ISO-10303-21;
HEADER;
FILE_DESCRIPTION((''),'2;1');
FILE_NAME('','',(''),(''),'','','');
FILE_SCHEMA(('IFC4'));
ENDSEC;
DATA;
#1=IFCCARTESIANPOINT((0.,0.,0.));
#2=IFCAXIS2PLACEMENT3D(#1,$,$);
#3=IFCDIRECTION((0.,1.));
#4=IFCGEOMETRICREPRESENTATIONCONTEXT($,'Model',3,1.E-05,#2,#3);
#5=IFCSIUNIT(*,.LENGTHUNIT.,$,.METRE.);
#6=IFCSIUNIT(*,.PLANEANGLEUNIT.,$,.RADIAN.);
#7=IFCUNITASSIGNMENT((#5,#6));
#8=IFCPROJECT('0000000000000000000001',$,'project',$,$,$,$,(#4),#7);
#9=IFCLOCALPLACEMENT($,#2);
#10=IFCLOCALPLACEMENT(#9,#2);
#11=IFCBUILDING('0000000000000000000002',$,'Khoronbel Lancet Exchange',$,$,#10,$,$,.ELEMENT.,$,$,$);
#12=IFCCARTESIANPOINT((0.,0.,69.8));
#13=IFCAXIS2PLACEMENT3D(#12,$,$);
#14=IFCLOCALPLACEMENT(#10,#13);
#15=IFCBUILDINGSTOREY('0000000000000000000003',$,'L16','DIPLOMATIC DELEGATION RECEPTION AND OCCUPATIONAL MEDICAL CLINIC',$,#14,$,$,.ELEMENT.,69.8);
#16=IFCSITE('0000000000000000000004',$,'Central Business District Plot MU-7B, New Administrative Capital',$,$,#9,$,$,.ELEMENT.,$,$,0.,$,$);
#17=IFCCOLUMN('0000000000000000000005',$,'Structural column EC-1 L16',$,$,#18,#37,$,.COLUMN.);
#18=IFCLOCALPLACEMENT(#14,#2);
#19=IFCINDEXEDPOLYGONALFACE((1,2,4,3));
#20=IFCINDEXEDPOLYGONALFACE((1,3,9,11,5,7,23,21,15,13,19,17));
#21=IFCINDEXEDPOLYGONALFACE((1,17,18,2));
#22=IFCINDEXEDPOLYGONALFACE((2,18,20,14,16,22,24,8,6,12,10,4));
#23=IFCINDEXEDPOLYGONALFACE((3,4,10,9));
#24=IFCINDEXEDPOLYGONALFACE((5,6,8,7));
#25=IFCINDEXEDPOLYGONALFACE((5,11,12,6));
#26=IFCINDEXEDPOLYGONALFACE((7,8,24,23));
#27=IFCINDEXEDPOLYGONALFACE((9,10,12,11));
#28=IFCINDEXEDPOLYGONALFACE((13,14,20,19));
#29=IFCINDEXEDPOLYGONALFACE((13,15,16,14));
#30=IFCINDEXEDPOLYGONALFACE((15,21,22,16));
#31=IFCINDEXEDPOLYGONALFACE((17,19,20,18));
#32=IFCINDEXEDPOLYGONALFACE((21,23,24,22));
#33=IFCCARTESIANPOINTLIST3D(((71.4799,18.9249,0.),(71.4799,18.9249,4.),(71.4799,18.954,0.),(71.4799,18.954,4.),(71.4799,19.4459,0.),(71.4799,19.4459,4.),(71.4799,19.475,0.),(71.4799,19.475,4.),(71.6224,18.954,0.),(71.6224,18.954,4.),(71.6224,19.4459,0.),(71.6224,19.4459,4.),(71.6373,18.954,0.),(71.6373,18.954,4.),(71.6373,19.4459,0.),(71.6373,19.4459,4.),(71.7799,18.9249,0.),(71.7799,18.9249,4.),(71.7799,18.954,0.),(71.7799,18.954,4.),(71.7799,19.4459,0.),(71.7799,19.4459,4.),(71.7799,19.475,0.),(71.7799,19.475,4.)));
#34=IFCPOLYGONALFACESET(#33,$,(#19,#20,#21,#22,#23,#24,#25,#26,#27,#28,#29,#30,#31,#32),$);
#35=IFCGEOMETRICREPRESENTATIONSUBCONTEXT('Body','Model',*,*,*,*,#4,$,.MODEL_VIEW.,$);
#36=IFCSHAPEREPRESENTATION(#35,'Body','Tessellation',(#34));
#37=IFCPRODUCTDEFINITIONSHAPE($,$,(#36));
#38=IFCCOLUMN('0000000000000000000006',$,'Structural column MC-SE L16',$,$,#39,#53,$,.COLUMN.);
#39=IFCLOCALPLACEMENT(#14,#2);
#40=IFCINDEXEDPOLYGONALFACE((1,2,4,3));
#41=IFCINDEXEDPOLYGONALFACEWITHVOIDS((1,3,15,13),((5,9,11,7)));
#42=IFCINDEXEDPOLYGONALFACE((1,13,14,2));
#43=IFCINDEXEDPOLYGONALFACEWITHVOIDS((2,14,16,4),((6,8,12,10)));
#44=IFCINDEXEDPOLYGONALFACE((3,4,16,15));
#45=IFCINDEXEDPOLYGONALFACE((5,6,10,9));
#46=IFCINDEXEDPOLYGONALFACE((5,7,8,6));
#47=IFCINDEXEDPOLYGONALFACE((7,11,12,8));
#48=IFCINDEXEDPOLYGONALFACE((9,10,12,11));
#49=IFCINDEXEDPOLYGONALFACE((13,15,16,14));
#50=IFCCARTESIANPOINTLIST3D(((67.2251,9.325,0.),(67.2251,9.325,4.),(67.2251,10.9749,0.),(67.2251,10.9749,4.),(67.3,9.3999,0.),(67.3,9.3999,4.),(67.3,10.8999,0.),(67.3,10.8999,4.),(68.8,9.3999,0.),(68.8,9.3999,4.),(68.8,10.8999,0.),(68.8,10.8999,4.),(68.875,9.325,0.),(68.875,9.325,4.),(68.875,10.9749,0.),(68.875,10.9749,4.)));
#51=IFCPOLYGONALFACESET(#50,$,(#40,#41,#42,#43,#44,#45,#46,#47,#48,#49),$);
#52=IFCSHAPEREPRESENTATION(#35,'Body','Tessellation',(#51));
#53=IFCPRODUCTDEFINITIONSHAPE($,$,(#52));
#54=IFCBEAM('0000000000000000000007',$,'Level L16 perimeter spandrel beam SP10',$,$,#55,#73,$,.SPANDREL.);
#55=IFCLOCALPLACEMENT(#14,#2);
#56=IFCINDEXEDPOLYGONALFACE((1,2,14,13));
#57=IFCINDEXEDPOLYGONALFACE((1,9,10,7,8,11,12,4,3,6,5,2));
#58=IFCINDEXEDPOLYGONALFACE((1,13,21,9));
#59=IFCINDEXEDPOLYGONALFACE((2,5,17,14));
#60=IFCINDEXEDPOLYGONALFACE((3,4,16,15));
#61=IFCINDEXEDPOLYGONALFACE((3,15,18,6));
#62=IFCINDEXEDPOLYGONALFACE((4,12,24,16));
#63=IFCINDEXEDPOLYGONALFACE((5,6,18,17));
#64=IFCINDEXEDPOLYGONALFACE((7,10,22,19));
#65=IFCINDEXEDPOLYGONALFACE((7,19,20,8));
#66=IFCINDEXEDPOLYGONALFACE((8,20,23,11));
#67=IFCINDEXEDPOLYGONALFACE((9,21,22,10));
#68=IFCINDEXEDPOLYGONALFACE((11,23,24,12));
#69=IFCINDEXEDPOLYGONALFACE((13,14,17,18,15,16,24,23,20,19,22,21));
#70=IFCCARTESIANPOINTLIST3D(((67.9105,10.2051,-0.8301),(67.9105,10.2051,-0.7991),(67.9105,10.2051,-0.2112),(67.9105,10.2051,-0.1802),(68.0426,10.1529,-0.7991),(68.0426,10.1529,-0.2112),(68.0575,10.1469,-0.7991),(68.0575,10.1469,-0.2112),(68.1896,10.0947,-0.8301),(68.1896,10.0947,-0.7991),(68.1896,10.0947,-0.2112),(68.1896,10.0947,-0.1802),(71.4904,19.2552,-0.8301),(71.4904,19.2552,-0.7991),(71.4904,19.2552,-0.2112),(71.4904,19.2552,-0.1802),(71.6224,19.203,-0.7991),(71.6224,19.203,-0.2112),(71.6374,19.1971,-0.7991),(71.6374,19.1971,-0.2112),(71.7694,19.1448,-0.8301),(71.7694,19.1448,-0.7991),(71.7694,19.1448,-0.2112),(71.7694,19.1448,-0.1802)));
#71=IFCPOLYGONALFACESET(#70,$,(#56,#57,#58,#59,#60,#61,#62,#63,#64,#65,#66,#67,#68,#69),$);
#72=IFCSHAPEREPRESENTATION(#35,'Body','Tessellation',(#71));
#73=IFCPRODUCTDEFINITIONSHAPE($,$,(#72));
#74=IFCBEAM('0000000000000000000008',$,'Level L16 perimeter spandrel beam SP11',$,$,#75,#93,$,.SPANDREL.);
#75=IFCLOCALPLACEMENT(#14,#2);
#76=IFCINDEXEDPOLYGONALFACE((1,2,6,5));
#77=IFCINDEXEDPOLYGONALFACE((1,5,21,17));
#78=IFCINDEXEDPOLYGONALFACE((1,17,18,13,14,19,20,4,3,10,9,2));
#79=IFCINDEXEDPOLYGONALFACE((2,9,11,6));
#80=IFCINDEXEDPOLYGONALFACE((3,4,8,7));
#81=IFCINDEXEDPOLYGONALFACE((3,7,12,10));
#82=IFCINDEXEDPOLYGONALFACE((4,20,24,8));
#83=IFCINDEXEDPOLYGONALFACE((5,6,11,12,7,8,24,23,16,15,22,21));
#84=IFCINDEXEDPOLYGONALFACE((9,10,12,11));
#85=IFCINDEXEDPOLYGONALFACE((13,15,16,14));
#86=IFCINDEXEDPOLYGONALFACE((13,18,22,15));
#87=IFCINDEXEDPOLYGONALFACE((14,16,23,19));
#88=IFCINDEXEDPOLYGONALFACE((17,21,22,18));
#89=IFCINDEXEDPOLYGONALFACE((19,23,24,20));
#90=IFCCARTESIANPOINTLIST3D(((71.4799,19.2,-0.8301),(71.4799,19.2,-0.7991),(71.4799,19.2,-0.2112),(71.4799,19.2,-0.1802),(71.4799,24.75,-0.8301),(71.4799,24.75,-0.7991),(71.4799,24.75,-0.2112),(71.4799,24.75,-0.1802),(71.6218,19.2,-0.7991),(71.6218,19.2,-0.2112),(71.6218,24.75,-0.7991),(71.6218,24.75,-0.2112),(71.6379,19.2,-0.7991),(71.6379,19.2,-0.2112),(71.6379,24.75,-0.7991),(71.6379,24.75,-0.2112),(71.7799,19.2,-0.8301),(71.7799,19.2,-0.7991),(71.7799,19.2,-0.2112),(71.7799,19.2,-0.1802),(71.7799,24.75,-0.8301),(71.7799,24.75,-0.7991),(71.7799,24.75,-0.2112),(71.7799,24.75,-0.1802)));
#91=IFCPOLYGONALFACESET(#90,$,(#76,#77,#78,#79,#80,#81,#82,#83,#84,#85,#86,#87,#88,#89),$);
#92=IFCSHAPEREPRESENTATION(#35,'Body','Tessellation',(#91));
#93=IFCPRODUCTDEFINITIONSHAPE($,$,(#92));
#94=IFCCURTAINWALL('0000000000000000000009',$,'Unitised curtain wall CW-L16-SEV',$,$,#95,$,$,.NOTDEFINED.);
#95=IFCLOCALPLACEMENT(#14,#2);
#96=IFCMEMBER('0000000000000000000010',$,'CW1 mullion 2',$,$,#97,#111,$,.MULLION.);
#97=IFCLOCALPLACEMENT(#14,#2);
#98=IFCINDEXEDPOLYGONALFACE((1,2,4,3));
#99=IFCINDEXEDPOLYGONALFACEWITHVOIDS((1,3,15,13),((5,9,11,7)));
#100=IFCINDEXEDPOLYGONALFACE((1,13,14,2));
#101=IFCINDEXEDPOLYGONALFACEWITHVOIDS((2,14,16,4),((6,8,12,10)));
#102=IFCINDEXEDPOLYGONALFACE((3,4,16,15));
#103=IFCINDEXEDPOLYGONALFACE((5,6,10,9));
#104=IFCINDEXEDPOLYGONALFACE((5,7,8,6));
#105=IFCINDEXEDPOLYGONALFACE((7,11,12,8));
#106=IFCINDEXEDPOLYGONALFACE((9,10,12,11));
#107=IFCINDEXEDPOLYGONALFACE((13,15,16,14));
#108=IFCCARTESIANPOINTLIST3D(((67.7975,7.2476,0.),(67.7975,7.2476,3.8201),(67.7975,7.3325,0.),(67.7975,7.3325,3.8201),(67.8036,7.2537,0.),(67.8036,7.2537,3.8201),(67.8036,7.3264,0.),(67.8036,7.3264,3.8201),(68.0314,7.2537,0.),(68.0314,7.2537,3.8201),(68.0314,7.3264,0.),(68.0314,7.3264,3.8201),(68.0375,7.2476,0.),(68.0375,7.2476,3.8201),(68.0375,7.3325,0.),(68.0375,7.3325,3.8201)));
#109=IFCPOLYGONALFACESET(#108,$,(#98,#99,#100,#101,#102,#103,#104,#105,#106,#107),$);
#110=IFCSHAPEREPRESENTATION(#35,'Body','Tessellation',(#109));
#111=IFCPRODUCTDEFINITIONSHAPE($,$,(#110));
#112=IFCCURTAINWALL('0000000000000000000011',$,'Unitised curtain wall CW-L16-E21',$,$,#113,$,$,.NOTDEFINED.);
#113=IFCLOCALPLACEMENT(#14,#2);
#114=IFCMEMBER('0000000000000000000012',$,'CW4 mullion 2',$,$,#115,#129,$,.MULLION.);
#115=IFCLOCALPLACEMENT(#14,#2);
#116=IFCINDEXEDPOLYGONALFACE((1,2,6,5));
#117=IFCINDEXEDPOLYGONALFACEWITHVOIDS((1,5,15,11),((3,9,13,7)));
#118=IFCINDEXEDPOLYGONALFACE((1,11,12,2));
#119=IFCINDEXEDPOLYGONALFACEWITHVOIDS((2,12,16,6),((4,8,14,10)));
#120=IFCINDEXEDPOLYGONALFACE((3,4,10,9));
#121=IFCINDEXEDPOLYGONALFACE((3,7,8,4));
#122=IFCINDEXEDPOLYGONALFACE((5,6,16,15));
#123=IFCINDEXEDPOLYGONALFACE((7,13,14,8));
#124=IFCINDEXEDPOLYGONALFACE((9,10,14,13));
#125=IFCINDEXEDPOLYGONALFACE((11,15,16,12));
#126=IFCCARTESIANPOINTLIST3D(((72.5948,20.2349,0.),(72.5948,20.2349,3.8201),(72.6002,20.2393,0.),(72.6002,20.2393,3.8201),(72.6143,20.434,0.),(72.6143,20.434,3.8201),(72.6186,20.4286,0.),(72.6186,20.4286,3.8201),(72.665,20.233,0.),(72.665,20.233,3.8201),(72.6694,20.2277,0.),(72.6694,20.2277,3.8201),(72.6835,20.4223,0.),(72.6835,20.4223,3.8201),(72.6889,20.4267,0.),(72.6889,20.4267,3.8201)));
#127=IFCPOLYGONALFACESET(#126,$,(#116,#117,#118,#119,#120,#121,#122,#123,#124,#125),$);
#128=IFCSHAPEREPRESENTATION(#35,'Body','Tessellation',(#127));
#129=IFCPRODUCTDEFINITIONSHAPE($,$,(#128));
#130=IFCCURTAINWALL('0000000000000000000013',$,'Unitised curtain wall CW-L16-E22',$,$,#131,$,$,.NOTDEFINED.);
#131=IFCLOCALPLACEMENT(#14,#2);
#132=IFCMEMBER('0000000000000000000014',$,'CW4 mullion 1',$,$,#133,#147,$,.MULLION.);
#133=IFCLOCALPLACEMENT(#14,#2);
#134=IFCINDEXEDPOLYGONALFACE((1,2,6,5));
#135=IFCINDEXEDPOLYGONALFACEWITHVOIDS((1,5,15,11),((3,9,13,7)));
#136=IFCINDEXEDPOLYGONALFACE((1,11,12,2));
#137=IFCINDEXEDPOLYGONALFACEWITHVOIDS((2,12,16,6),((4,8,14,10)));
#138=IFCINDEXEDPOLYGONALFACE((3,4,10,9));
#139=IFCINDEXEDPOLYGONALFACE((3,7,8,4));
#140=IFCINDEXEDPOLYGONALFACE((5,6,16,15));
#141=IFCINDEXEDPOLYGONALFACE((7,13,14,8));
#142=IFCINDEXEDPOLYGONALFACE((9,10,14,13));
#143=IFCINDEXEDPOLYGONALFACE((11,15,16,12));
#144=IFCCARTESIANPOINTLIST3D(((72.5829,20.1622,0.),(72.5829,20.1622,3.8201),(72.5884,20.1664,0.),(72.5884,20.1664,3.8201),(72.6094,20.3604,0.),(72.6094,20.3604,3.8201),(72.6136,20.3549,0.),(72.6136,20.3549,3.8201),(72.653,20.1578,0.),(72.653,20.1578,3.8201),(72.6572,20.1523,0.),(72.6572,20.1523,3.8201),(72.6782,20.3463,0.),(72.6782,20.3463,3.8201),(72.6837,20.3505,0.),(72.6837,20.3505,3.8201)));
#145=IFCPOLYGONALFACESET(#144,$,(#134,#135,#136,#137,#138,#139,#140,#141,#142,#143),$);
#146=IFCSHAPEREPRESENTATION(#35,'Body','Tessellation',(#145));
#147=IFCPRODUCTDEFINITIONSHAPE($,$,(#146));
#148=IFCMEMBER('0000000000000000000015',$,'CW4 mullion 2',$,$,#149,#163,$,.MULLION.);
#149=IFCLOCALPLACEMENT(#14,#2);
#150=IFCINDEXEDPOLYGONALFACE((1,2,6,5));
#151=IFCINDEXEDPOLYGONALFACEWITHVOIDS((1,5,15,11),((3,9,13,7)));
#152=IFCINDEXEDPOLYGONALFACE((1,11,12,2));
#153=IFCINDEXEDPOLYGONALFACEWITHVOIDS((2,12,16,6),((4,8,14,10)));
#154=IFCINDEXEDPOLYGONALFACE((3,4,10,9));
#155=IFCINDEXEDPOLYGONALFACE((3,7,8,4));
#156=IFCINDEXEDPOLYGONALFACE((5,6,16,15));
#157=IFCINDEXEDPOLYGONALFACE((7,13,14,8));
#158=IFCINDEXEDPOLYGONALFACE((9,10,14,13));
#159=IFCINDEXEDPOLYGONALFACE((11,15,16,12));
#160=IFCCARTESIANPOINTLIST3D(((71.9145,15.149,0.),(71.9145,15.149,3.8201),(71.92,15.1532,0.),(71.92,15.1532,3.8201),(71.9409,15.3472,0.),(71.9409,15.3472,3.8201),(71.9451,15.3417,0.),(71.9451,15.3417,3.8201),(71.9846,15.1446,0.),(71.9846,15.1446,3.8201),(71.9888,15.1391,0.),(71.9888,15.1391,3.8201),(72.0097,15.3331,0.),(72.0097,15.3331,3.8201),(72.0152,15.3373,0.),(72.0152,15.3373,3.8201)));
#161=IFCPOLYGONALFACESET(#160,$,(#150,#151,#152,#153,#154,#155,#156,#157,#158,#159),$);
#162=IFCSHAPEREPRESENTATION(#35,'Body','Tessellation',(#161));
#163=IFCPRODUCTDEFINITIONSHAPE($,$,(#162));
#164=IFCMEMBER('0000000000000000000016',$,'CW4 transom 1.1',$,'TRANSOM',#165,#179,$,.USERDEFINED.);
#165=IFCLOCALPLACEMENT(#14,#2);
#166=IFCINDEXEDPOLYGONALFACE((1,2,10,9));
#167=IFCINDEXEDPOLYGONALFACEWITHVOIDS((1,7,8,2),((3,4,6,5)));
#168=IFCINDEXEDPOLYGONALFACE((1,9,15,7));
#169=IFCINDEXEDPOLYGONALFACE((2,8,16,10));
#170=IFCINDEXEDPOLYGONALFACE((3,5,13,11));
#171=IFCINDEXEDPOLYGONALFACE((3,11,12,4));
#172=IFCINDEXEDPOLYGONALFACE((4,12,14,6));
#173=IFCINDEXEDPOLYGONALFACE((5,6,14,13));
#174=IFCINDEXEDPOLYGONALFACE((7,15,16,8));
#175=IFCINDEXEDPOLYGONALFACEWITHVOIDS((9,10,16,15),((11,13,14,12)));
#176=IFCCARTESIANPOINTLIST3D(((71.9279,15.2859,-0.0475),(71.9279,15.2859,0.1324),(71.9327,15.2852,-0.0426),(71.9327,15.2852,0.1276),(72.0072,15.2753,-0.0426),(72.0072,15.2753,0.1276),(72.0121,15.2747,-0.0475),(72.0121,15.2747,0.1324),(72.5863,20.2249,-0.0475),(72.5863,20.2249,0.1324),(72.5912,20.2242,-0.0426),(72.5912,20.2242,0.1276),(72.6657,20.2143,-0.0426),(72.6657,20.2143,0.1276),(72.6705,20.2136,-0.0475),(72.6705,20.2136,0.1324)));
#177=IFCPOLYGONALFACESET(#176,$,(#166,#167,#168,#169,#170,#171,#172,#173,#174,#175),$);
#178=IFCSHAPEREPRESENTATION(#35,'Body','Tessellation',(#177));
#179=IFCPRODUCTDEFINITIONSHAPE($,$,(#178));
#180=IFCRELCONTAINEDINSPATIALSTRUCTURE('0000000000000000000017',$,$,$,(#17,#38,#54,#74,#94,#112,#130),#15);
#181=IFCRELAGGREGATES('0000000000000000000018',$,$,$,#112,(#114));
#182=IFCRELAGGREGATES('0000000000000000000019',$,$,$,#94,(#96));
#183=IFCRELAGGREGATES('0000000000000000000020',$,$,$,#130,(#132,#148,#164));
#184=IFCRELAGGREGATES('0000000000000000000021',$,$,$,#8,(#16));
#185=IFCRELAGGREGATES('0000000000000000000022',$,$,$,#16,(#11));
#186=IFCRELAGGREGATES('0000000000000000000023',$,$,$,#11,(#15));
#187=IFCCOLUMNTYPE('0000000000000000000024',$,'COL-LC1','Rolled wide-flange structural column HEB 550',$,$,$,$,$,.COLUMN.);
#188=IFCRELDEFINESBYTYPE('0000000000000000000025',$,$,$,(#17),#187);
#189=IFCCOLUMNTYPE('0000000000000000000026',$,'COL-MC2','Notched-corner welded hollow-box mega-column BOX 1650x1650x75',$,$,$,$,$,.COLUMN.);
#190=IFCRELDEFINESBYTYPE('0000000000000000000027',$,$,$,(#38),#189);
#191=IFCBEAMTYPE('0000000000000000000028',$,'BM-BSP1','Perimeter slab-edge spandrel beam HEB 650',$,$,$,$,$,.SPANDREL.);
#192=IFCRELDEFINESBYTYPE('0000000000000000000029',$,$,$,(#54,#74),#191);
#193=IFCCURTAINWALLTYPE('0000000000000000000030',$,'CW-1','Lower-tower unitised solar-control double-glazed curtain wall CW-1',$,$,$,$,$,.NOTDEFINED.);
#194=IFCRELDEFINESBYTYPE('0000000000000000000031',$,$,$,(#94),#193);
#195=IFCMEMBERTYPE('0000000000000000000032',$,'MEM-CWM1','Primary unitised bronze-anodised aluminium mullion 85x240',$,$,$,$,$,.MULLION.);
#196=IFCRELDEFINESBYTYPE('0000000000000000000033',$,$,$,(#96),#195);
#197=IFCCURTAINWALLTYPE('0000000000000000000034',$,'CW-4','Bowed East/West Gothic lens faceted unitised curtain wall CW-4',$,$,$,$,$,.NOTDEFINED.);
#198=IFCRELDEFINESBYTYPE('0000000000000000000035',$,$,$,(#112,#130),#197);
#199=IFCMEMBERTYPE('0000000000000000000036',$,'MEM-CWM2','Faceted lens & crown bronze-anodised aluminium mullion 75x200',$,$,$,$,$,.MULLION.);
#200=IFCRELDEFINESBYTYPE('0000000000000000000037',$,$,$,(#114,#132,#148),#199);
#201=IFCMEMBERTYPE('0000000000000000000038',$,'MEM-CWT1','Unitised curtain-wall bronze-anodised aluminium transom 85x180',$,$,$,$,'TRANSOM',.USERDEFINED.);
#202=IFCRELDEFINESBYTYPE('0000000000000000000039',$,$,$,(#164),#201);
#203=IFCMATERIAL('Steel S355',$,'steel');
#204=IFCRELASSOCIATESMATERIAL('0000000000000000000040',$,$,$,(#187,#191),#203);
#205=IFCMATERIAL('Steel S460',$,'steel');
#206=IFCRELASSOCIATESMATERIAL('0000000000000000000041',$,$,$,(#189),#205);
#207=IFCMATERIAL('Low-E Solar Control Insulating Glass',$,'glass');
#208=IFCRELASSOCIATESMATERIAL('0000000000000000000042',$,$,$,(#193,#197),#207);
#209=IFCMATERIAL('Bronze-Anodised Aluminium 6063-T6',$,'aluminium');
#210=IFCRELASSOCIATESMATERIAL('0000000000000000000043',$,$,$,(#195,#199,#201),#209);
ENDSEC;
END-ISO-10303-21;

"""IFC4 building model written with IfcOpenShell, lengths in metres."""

from ifc_helpers import new_model, si_unit, direction, frame, origin, origin_2d, place, context, subcontext, project, spatial, hollow_rectangle, i_section, extrude, material, material_profile, profile_set, type_object, element, aggregate, save


model = new_model("IFC4")

# Units and contexts
model_context = context("Model", 3, precision=1e-05, world=origin(), true_north=direction((0.0, 1.0)))
body_context = subcontext(model_context, "Body", "Model", "MODEL_VIEW")
ifc_project = project(units=[si_unit("LENGTHUNIT", "METRE"), si_unit("PLANEANGLEUNIT", "RADIAN")], contexts=[model_context])

# Site, building, storey
site_placement = place(None, origin())
site = spatial("IfcSite", under=ifc_project, at=site_placement, Name="Central Business District Plot MU-7B, New Administrative Capital", CompositionType="ELEMENT", RefElevation=0.0)
building_placement = place(site_placement, origin())
building = spatial("IfcBuilding", under=site, at=building_placement, Name="Khoronbel Lancet Exchange", CompositionType="ELEMENT")
storey_placement = place(building_placement, frame((0.0, 0.0, 69.8)))
storey = spatial("IfcBuildingStorey", under=building, at=storey_placement, Name="L16", Description="DIPLOMATIC DELEGATION RECEPTION AND OCCUPATIONAL MEDICAL CLINIC", CompositionType="ELEMENT", Elevation=69.8)

# Columns
ifc_material_1 = material(Name="Steel S355", Category="steel")
ifc_material_profile_1 = material_profile(ifc_material_1, i_section(OverallWidth=0.3, OverallDepth=0.55, WebThickness=0.0149, FlangeThickness=0.0291, at=origin_2d()), Name="HEB 550")
ifc_profile_set_1 = profile_set([ifc_material_profile_1], Name="Steel S355")
column_type_1 = type_object("IfcColumnType", Name="COL-LC1", Description="Rolled wide-flange structural column HEB 550", PredefinedType="COLUMN", material=ifc_profile_set_1)
column_1_placement = place(storey_placement, frame((71.6299, 19.2, 0.0), z_axis=(0.0, 0.0, 1.0), x_axis=(1.0, 0.0, 0.0)))
element("IfcColumn", 1, at=column_1_placement, inside=storey, type_object=column_type_1, Name="Structural column EC-1 L16", PredefinedType="COLUMN", context=body_context, shape_type="SweptSolid", body=[
    extrude(i_section(OverallWidth=0.3, OverallDepth=0.55, WebThickness=0.0149, FlangeThickness=0.0291, at=origin_2d()), origin(), (0.0, 0.0, 1.0), 4.0),
])
ifc_material_2 = material(Name="Steel S460", Category="steel")
ifc_material_profile_2 = material_profile(ifc_material_2, hollow_rectangle(XDim=1.6499, YDim=1.6499, WallThickness=0.075, at=origin_2d()), Name="BOX 1650x1650x75")
ifc_profile_set_2 = profile_set([ifc_material_profile_2], Name="Steel S460")
column_type_2 = type_object("IfcColumnType", Name="COL-MC2", Description="Notched-corner welded hollow-box mega-column BOX 1650x1650x75", PredefinedType="COLUMN", material=ifc_profile_set_2)
column_2_placement = place(storey_placement, frame((68.05, 10.1499, 0.0), z_axis=(0.0, 0.0, 1.0), x_axis=(1.0, 0.0, 0.0)))
element("IfcColumn", 2, at=column_2_placement, inside=storey, type_object=column_type_2, Name="Structural column MC-SE L16", PredefinedType="COLUMN", context=body_context, shape_type="SweptSolid", body=[
    extrude(hollow_rectangle(XDim=1.6499, YDim=1.6499, WallThickness=0.075, at=origin_2d()), origin(), (0.0, 0.0, 1.0), 4.0),
])

# Beams
ifc_material_profile_3 = material_profile(ifc_material_1, i_section(OverallWidth=0.3, OverallDepth=0.6499, WebThickness=0.0161, FlangeThickness=0.031, at=origin_2d()), Name="HEB 650")
ifc_profile_set_3 = profile_set([ifc_material_profile_3], Name="Steel S355")
beam_type = type_object("IfcBeamType", Name="BM-BSP1", Description="Perimeter slab-edge spandrel beam HEB 650", PredefinedType="SPANDREL", material=ifc_profile_set_3)
beam_1_placement = place(storey_placement, frame((68.05, 10.1499, -0.5051), z_axis=(0.367828, 0.929894, 0.0), x_axis=(-0.929894, 0.367828, 0.0)))
element("IfcBeam", 3, at=beam_1_placement, inside=storey, type_object=beam_type, Name="Level L16 perimeter spandrel beam SP10", PredefinedType="SPANDREL", context=body_context, shape_type="SweptSolid", body=[
    extrude(i_section(OverallWidth=0.3, OverallDepth=0.6499, WebThickness=0.0161, FlangeThickness=0.031, at=origin_2d()), origin(), (0.0, 0.0, 1.0), 9.7324),
])
beam_2_placement = place(storey_placement, frame((71.6299, 19.2, -0.5051), z_axis=(0.0, 1.0, 0.0), x_axis=(-1.0, 0.0, 0.0)))
element("IfcBeam", 4, at=beam_2_placement, inside=storey, type_object=beam_type, Name="Level L16 perimeter spandrel beam SP11", PredefinedType="SPANDREL", context=body_context, shape_type="SweptSolid", body=[
    extrude(i_section(OverallWidth=0.3, OverallDepth=0.6499, WebThickness=0.0161, FlangeThickness=0.031, at=origin_2d()), origin(), (0.0, 0.0, 1.0), 5.55),
])

# Curtain walls, members
ifc_material_3 = material(Name="Low-E Solar Control Insulating Glass", Category="glass")
curtain_wall_type_1 = type_object("IfcCurtainWallType", Name="CW-1", Description="Lower-tower unitised solar-control double-glazed curtain wall CW-1", PredefinedType="NOTDEFINED", material=ifc_material_3)
curtain_wall_1_placement = place(storey_placement, origin())
curtain_wall_1 = element("IfcCurtainWall", 5, at=curtain_wall_1_placement, inside=storey, type_object=curtain_wall_type_1, Name="Unitised curtain wall CW-L16-SEV", PredefinedType="NOTDEFINED")
ifc_material_4 = material(Name="Bronze-Anodised Aluminium 6063-T6", Category="aluminium")
ifc_material_profile_4 = material_profile(ifc_material_4, hollow_rectangle(XDim=0.085, YDim=0.24, WallThickness=0.0061, at=origin_2d()), Name="ALU MULLION 85x240")
ifc_profile_set_4 = profile_set([ifc_material_profile_4], Name="Bronze-Anodised Aluminium 6063-T6")
member_type_1 = type_object("IfcMemberType", Name="MEM-CWM1", Description="Primary unitised bronze-anodised aluminium mullion 85x240", PredefinedType="MULLION", material=ifc_profile_set_4)
member_1_placement = place(storey_placement, frame((67.9175, 7.29, 0.0), z_axis=(0.0, 0.0, 1.0), x_axis=(0.0, 1.0, 0.0)))
member_1 = element("IfcMember", 6, at=member_1_placement, type_object=member_type_1, Name="CW1 mullion 2", PredefinedType="MULLION", context=body_context, shape_type="SweptSolid", body=[
    extrude(hollow_rectangle(XDim=0.085, YDim=0.24, WallThickness=0.0061, at=origin_2d()), origin(), (0.0, 0.0, 1.0), 3.8201),
])
curtain_wall_type_2 = type_object("IfcCurtainWallType", Name="CW-4", Description="Bowed East/West Gothic lens faceted unitised curtain wall CW-4", PredefinedType="NOTDEFINED", material=ifc_material_3)
curtain_wall_2_placement = place(storey_placement, origin())
curtain_wall_2 = element("IfcCurtainWall", 7, at=curtain_wall_2_placement, inside=storey, type_object=curtain_wall_type_2, Name="Unitised curtain wall CW-L16-E21", PredefinedType="NOTDEFINED")
ifc_material_profile_5 = material_profile(ifc_material_4, hollow_rectangle(XDim=0.075, YDim=0.2, WallThickness=0.0049, at=origin_2d()), Name="ALU MULLION 75x200")
ifc_profile_set_5 = profile_set([ifc_material_profile_5], Name="Bronze-Anodised Aluminium 6063-T6")
member_type_2 = type_object("IfcMemberType", Name="MEM-CWM2", Description="Faceted lens & crown bronze-anodised aluminium mullion 75x200", PredefinedType="MULLION", material=ifc_profile_set_5)
member_2_placement = place(storey_placement, frame((72.6418, 20.3308, 0.0), z_axis=(0.0, 0.0, 1.0), x_axis=(0.995271, -0.097135, 0.0)))
member_2 = element("IfcMember", 8, at=member_2_placement, type_object=member_type_2, Name="CW4 mullion 2", PredefinedType="MULLION", context=body_context, shape_type="SweptSolid", body=[
    extrude(hollow_rectangle(XDim=0.075, YDim=0.2, WallThickness=0.0049, at=origin_2d()), origin(), (0.0, 0.0, 1.0), 3.8201),
])
aggregate(curtain_wall_2, [member_2])

# Curtain wall, members
curtain_wall_3_placement = place(storey_placement, origin())
curtain_wall_3 = element("IfcCurtainWall", 9, at=curtain_wall_3_placement, inside=storey, type_object=curtain_wall_type_2, Name="Unitised curtain wall CW-L16-E22", PredefinedType="NOTDEFINED")
member_3_placement = place(storey_placement, frame((72.6333, 20.2563, 0.0), z_axis=(0.0, 0.0, 1.0), x_axis=(0.991229, -0.132155, 0.0)))
member_3 = element("IfcMember", 10, at=member_3_placement, type_object=member_type_2, Name="CW4 mullion 1", PredefinedType="MULLION", context=body_context, shape_type="SweptSolid", body=[
    extrude(hollow_rectangle(XDim=0.075, YDim=0.2, WallThickness=0.0049, at=origin_2d()), origin(), (0.0, 0.0, 1.0), 3.8201),
])
member_4_placement = place(storey_placement, frame((71.9648, 15.2432, 0.0), z_axis=(0.0, 0.0, 1.0), x_axis=(0.991229, -0.132155, 0.0)))
member_4 = element("IfcMember", 11, at=member_4_placement, type_object=member_type_2, Name="CW4 mullion 2", PredefinedType="MULLION", context=body_context, shape_type="SweptSolid", body=[
    extrude(hollow_rectangle(XDim=0.075, YDim=0.2, WallThickness=0.0049, at=origin_2d()), origin(), (0.0, 0.0, 1.0), 3.8201),
])
ifc_material_profile_6 = material_profile(ifc_material_4, hollow_rectangle(XDim=0.085, YDim=0.1799, WallThickness=0.0049, at=origin_2d()), Name="ALU TRANSOM 85x180")
ifc_profile_set_6 = profile_set([ifc_material_profile_6], Name="Bronze-Anodised Aluminium 6063-T6")
member_type_3 = type_object("IfcMemberType", Name="MEM-CWT1", Description="Unitised curtain-wall bronze-anodised aluminium transom 85x180", ElementType="TRANSOM", PredefinedType="USERDEFINED", material=ifc_profile_set_6)
member_5_placement = place(storey_placement, frame((72.6284, 20.2192, 0.0425), z_axis=(-0.132148, -0.99123, 0.0), x_axis=(0.99123, -0.132148, 0.0)))
member_5 = element("IfcMember", 12, at=member_5_placement, type_object=member_type_3, Name="CW4 transom 1.1", ObjectType="TRANSOM", PredefinedType="USERDEFINED", context=body_context, shape_type="SweptSolid", body=[
    extrude(hollow_rectangle(XDim=0.085, YDim=0.1799, WallThickness=0.0049, at=origin_2d()), origin(), (0.0, 0.0, 1.0), 4.9827),
])

aggregate(curtain_wall_1, [member_1])
aggregate(curtain_wall_3, [member_3, member_4, member_5])

save(model, "model.ifc")
